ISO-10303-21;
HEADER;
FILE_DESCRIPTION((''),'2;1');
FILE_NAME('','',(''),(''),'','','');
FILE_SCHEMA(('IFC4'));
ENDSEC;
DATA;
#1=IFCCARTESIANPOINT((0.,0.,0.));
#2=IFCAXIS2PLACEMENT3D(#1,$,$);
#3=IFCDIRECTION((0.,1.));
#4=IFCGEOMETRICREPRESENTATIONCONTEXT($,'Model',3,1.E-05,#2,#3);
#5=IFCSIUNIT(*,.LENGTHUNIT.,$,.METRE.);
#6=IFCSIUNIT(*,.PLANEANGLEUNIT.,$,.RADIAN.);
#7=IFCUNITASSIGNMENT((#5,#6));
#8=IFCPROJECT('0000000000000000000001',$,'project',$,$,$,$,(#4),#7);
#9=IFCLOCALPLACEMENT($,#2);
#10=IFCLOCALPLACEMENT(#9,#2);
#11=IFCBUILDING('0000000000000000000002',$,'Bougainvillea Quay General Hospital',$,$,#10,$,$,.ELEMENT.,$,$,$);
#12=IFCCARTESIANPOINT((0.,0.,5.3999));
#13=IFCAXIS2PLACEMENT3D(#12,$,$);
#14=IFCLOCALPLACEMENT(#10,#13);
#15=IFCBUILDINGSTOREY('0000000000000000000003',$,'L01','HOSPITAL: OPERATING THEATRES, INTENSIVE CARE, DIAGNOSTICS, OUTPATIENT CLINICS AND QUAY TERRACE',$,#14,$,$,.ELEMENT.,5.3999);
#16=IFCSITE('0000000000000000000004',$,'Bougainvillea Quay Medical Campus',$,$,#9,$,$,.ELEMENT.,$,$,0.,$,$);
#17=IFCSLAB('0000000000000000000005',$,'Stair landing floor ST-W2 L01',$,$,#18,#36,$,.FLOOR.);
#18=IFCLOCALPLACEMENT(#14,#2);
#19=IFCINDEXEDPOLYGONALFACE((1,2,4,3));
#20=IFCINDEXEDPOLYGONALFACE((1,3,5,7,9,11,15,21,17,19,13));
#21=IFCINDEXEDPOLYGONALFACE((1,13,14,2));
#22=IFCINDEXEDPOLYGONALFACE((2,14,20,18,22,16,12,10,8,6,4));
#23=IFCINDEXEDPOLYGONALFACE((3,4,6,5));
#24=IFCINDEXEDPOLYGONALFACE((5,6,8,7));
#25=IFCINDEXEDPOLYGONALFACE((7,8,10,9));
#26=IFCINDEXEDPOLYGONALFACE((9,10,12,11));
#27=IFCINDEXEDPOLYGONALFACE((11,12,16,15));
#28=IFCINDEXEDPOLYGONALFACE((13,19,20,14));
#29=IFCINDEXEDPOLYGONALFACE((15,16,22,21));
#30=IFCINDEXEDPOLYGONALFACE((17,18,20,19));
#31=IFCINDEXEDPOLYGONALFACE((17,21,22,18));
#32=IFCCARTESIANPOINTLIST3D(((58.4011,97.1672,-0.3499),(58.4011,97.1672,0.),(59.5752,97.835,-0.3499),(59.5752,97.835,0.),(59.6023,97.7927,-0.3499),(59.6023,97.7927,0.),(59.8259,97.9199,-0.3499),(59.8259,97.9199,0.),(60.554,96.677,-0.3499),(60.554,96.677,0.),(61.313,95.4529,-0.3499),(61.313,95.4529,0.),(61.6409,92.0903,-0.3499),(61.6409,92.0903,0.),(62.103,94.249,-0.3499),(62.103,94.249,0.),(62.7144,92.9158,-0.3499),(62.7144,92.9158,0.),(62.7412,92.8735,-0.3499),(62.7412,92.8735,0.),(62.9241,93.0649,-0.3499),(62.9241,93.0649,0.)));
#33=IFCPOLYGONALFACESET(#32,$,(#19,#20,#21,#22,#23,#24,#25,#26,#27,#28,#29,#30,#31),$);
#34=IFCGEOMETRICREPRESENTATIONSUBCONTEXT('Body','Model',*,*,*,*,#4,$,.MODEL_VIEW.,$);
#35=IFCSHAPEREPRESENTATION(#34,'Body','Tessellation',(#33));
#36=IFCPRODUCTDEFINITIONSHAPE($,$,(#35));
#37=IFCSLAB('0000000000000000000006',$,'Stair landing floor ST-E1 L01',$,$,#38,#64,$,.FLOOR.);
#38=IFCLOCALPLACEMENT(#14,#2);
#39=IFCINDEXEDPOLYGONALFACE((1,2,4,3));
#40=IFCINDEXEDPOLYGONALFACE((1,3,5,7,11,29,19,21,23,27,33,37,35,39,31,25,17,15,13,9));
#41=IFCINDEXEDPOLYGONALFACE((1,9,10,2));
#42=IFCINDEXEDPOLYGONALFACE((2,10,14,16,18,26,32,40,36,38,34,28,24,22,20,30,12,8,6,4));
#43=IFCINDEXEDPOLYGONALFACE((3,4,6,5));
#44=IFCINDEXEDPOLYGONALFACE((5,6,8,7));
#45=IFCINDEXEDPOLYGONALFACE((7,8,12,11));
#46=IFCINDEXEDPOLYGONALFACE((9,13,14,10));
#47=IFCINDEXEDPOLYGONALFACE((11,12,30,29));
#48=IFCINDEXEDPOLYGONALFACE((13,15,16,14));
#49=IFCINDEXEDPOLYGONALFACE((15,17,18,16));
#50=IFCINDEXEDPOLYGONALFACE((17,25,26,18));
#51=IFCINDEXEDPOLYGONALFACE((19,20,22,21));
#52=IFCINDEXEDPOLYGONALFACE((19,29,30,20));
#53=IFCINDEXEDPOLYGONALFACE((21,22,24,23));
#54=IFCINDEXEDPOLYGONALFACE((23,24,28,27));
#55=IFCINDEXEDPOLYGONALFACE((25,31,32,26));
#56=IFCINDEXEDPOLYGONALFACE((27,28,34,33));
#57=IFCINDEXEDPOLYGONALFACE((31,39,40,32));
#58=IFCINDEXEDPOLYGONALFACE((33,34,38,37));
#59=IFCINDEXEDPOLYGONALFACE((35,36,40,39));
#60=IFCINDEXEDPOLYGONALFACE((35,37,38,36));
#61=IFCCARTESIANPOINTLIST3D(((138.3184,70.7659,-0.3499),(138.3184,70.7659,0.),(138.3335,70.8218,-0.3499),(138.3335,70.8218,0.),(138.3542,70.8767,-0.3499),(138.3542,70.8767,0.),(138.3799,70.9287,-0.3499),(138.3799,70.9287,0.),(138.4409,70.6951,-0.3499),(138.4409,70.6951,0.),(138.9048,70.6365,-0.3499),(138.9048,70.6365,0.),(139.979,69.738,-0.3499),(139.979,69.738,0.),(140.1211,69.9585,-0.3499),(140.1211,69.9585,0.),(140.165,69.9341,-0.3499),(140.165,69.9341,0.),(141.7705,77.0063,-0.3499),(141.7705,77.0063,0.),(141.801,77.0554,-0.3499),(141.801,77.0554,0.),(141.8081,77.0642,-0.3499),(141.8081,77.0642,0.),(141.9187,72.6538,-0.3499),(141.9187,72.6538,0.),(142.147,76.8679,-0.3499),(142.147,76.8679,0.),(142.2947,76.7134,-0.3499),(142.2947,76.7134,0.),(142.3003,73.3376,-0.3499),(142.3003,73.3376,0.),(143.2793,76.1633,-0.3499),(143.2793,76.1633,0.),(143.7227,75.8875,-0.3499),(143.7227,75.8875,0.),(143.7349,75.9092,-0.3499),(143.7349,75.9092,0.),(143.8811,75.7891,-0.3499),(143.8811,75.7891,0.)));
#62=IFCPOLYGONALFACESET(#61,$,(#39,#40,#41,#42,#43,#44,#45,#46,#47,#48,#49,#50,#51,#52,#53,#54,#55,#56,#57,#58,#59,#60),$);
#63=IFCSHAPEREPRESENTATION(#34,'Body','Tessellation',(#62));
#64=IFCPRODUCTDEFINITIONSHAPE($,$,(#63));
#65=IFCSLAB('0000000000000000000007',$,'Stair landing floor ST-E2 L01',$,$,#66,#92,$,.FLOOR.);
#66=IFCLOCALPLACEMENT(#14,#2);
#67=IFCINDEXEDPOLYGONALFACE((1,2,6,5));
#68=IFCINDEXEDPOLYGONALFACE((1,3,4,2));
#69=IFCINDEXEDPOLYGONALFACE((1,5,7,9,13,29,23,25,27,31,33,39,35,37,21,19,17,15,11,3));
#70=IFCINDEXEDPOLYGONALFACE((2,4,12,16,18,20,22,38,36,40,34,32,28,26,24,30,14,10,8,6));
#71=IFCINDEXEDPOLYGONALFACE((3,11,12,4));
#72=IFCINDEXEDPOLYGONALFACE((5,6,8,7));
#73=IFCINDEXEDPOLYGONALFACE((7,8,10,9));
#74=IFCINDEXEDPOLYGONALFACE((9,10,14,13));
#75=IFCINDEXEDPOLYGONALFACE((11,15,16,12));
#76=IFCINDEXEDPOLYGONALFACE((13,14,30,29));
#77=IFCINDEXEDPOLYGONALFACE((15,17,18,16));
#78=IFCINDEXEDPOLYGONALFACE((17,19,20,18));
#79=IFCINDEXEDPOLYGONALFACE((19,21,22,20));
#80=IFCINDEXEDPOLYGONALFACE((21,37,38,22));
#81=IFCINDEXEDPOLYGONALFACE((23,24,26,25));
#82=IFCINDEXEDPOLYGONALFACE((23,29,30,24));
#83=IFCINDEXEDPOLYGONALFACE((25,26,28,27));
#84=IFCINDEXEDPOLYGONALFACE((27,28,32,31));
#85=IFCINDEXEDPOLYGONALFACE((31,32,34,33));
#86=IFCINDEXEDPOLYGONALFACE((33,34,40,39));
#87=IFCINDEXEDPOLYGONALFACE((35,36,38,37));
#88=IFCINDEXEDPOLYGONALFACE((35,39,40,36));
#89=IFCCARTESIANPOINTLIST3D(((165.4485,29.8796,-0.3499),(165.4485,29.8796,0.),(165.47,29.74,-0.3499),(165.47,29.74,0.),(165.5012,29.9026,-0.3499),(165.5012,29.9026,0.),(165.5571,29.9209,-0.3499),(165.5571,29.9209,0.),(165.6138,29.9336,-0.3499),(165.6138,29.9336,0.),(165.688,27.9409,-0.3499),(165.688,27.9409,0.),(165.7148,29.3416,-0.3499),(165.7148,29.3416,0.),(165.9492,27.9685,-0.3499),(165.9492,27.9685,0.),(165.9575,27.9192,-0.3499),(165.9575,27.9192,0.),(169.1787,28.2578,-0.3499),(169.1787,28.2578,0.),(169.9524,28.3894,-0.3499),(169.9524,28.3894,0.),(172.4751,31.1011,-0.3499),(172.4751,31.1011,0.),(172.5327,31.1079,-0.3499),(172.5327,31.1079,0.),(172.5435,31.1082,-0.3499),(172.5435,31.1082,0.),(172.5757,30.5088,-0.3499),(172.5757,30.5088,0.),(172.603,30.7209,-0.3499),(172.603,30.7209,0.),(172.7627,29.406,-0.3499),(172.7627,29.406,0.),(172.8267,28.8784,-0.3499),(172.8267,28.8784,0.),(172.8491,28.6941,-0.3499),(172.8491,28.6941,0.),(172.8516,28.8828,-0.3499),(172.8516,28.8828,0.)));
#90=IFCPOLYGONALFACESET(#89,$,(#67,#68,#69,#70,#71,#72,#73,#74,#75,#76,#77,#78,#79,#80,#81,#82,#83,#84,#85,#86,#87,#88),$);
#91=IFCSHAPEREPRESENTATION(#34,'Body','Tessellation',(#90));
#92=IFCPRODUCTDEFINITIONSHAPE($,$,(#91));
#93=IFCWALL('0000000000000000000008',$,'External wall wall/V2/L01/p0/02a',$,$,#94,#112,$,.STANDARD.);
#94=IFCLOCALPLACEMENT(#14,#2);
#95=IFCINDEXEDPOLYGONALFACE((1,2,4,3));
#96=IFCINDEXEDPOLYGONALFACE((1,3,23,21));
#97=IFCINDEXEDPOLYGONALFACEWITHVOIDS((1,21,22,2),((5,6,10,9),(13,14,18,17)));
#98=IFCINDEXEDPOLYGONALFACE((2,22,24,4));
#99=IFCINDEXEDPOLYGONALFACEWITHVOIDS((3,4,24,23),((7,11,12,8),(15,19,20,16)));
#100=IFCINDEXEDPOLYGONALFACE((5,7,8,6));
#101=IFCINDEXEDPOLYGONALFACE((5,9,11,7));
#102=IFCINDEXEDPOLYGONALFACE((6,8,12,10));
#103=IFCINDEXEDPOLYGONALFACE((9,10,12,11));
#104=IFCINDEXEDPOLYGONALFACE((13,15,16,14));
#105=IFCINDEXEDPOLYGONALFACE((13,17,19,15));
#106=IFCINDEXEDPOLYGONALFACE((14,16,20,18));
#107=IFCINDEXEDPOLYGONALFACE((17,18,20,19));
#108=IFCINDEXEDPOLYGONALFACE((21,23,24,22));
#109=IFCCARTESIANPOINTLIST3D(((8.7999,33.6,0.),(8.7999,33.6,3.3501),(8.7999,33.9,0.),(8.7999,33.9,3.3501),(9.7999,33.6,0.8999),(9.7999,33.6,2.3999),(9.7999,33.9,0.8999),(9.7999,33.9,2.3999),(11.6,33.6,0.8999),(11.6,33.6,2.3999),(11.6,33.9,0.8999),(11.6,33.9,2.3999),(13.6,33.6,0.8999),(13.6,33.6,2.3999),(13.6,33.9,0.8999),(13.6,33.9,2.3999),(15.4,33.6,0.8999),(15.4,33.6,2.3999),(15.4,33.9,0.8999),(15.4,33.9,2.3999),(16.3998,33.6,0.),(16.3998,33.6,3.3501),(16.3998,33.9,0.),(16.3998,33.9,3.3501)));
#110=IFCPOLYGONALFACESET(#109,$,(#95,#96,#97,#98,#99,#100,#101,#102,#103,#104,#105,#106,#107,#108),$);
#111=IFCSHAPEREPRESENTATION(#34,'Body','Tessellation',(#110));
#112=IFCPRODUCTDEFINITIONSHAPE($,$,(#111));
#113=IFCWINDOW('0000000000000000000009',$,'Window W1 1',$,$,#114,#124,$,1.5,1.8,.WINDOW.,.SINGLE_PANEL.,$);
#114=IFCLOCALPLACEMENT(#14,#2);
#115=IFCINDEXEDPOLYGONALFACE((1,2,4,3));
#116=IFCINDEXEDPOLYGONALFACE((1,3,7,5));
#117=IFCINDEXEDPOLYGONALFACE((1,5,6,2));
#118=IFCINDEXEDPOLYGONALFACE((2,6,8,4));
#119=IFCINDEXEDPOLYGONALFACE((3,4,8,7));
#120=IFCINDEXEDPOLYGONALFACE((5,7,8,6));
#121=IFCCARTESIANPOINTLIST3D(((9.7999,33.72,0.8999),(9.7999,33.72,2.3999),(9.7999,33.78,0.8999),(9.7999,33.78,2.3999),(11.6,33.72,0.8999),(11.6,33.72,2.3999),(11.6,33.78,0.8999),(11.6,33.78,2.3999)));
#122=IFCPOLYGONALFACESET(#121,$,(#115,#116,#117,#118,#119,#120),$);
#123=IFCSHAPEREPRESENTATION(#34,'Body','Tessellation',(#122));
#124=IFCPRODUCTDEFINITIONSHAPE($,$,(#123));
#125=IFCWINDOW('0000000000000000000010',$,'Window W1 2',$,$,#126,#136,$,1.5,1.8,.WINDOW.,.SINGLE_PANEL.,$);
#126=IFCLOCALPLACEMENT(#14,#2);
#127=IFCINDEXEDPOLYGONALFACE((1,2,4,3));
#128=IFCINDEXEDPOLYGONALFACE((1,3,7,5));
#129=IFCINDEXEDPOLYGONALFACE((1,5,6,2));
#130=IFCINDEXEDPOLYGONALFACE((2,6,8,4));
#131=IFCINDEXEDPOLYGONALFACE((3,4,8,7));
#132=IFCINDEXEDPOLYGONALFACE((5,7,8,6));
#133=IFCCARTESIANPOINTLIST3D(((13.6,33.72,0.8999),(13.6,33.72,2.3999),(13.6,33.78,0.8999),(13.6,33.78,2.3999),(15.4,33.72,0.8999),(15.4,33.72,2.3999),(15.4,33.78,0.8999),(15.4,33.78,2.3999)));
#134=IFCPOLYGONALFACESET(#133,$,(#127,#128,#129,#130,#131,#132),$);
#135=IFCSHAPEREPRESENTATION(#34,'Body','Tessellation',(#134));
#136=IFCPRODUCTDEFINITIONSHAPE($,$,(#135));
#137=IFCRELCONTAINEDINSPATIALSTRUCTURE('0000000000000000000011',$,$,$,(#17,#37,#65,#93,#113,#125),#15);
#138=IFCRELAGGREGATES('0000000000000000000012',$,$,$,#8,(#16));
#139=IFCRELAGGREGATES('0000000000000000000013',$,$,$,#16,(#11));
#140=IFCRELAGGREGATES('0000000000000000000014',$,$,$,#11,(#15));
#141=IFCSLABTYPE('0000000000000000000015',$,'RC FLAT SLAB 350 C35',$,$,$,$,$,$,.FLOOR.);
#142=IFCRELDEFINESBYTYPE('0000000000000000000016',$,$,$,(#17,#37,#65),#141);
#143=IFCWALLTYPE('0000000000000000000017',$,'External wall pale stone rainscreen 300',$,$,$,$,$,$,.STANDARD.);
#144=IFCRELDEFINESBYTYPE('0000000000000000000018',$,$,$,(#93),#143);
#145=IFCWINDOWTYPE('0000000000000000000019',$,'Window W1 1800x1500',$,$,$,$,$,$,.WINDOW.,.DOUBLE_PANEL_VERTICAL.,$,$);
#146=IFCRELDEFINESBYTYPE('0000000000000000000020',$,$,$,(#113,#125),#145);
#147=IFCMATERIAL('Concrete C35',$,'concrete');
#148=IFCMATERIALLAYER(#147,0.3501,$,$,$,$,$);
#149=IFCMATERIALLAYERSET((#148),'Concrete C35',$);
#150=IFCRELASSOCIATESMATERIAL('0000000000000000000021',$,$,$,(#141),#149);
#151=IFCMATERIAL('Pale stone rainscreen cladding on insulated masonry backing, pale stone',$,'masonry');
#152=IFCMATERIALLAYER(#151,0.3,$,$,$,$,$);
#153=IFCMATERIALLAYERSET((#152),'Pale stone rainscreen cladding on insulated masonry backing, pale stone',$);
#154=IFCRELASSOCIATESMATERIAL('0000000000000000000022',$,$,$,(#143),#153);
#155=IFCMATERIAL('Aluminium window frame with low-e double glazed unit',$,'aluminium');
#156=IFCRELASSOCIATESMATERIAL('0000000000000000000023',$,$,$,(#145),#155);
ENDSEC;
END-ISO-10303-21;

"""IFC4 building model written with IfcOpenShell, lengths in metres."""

from ifc_helpers import new_model, si_unit, direction, frame, frame_2d, origin, place, context, subcontext, project, spatial, polyline, rectangle, outline, extrude, material, layer, layer_set, type_object, element, fill, save


model = new_model("IFC4")

# Units and contexts
model_context = context("Model", 3, precision=1e-05, world=origin(), true_north=direction((0.0, 1.0)))
body_context = subcontext(model_context, "Body", "Model", "MODEL_VIEW")
ifc_project = project(units=[si_unit("LENGTHUNIT", "METRE"), si_unit("PLANEANGLEUNIT", "RADIAN")], contexts=[model_context])

# Site, building, storey
site_placement = place(None, origin())
site = spatial("IfcSite", under=ifc_project, at=site_placement, Name="Bougainvillea Quay Medical Campus", CompositionType="ELEMENT", RefElevation=0.0)
building_placement = place(site_placement, origin())
building = spatial("IfcBuilding", under=site, at=building_placement, Name="Bougainvillea Quay General Hospital", CompositionType="ELEMENT")
storey_placement = place(building_placement, frame((0.0, 0.0, 5.3999)))
storey = spatial("IfcBuildingStorey", under=building, at=storey_placement, Name="L01", Description="HOSPITAL: OPERATING THEATRES, INTENSIVE CARE, DIAGNOSTICS, OUTPATIENT CLINICS AND QUAY TERRACE", CompositionType="ELEMENT", Elevation=5.3999)

# Slabs
ifc_material_1 = material(Name="Concrete C35", Category="concrete")
ifc_layer_1 = layer(ifc_material_1, 0.3501)
ifc_layer_set_1 = layer_set([ifc_layer_1], Name="Concrete C35")
slab_type_1 = type_object("IfcSlabType", Name="RC FLAT SLAB 350 C35", PredefinedType="FLOOR", material=ifc_layer_set_1)
slab_1_placement = place(storey_placement, frame((0.0, 0.0, -0.3499)))
element("IfcSlab", 1, at=slab_1_placement, inside=storey, type_object=slab_type_1, Name="Stair landing floor ST-W2 L01", PredefinedType="FLOOR", context=body_context, shape_type="SweptSolid", body=[
    extrude(outline(polyline([(61.313, 95.4529), (62.103, 94.249), (62.9241, 93.0649), (62.7144, 92.9158), (62.7412, 92.8735), (61.6409, 92.0903), (58.4011, 97.1672), (59.5752, 97.835), (59.6023, 97.7927), (59.8259, 97.9199), (60.554, 96.677), (61.313, 95.4529)])), origin(), (0.0, 0.0, 1.0), 0.3499),
])
slab_2_placement = place(storey_placement, frame((0.0, 0.0, -0.3499)))
element("IfcSlab", 2, at=slab_2_placement, inside=storey, type_object=slab_type_1, Name="Stair landing floor ST-E1 L01", PredefinedType="FLOOR", context=body_context, shape_type="SweptSolid", body=[
    extrude(outline(polyline([(141.9187, 72.6538), (140.165, 69.9341), (140.1211, 69.9585), (139.979, 69.738), (138.4409, 70.6951), (138.3184, 70.7659), (138.3335, 70.8218), (138.3542, 70.8767), (138.3799, 70.9287), (138.9048, 70.6365), (142.2947, 76.7134), (141.7705, 77.0063), (141.801, 77.0554), (141.8081, 77.0642), (142.147, 76.8679), (143.2793, 76.1633), (143.7349, 75.9092), (143.7227, 75.8875), (143.8811, 75.7891), (142.3003, 73.3376), (141.9187, 72.6538)])), origin(), (0.0, 0.0, 1.0), 0.3499),
])
slab_3_placement = place(storey_placement, frame((0.0, 0.0, -0.3499)))
element("IfcSlab", 3, at=slab_3_placement, inside=storey, type_object=slab_type_1, Name="Stair landing floor ST-E2 L01", PredefinedType="FLOOR", context=body_context, shape_type="SweptSolid", body=[
    extrude(outline(polyline([(169.1787, 28.2578), (165.9575, 27.9192), (165.9492, 27.9685), (165.688, 27.9409), (165.47, 29.74), (165.4485, 29.8796), (165.5012, 29.9026), (165.5571, 29.9209), (165.6138, 29.9336), (165.7148, 29.3416), (172.5757, 30.5088), (172.4751, 31.1011), (172.5327, 31.1079), (172.5435, 31.1082), (172.603, 30.7209), (172.7627, 29.406), (172.8516, 28.8828), (172.8267, 28.8784), (172.8491, 28.6941), (169.9524, 28.3894), (169.1787, 28.2578)])), origin(), (0.0, 0.0, 1.0), 0.3499),
])

# Wall, openings, windows
ifc_material_2 = material(Name="Pale stone rainscreen cladding on insulated masonry backing, pale stone", Category="masonry")
ifc_layer_2 = layer(ifc_material_2, 0.3)
ifc_layer_set_2 = layer_set([ifc_layer_2], Name="Pale stone rainscreen cladding on insulated masonry backing, pale stone")
wall_type = type_object("IfcWallType", Name="External wall pale stone rainscreen 300", PredefinedType="STANDARD", material=ifc_layer_set_2)
wall_1_placement = place(storey_placement, frame((8.8, 33.75, 0.0), z_axis=(0.0, 0.0, 1.0), x_axis=(1.0, 0.0, 0.0)))
wall_1 = element("IfcWall", 4, at=wall_1_placement, inside=storey, type_object=wall_type, Name="External wall wall/V2/L01/p0/02a", PredefinedType="STANDARD", context=body_context, shape_type="SweptSolid", body=[
    extrude(rectangle(XDim=7.5999, YDim=0.3, at=frame_2d((3.7998, 0.0))), origin(), (0.0, 0.0, 1.0), 3.3501),
])
opening_1_placement = place(wall_1_placement, frame((1.0, 0.0, 0.8999)))
opening_1 = element("IfcOpeningElement", 5, at=opening_1_placement, cuts=wall_1, PredefinedType="OPENING", context=body_context, shape_type="SweptSolid", body=[
    extrude(rectangle(XDim=1.8, YDim=1.5, at=frame_2d((0.8999, 0.75))), frame((0.0, 0.1599, 0.0), z_axis=(0.0, -1.0, 0.0), x_axis=(1.0, 0.0, 0.0)), (0.0, 0.0, 1.0), 0.3201),
])
opening_2_placement = place(wall_1_placement, frame((4.8, 0.0, 0.8999)))
opening_2 = element("IfcOpeningElement", 6, at=opening_2_placement, cuts=wall_1, PredefinedType="OPENING", context=body_context, shape_type="SweptSolid", body=[
    extrude(rectangle(XDim=1.8, YDim=1.5, at=frame_2d((0.8999, 0.75))), frame((0.0, 0.1599, 0.0), z_axis=(0.0, -1.0, 0.0), x_axis=(1.0, 0.0, 0.0)), (0.0, 0.0, 1.0), 0.3201),
])
ifc_material_3 = material(Name="Aluminium window frame with low-e double glazed unit", Category="aluminium")
window_type = type_object("IfcWindowType", Name="Window W1 1800x1500", PartitioningType="DOUBLE_PANEL_VERTICAL", PredefinedType="WINDOW", material=ifc_material_3)
window_1_placement = place(opening_1_placement, origin())
window_1 = element("IfcWindow", 7, at=window_1_placement, inside=storey, type_object=window_type, Name="Window W1 1", OverallHeight=1.5, OverallWidth=1.8, PartitioningType="SINGLE_PANEL", PredefinedType="WINDOW", context=body_context, shape_type="SweptSolid", body=[
    extrude(rectangle(XDim=1.8, YDim=1.5, at=frame_2d((0.8999, 0.75))), frame((0.0, 0.03, 0.0), z_axis=(0.0, -1.0, 0.0), x_axis=(1.0, 0.0, 0.0)), (0.0, 0.0, 1.0), 0.0601),
])
fill(opening_1, window_1)
window_2_placement = place(opening_2_placement, origin())
window_2 = element("IfcWindow", 8, at=window_2_placement, inside=storey, type_object=window_type, Name="Window W1 2", OverallHeight=1.5, OverallWidth=1.8, PartitioningType="SINGLE_PANEL", PredefinedType="WINDOW", context=body_context, shape_type="SweptSolid", body=[
    extrude(rectangle(XDim=1.8, YDim=1.5, at=frame_2d((0.8999, 0.75))), frame((0.0, 0.03, 0.0), z_axis=(0.0, -1.0, 0.0), x_axis=(1.0, 0.0, 0.0)), (0.0, 0.0, 1.0), 0.0601),
])
fill(opening_2, window_2)

save(model, "model.ifc")
